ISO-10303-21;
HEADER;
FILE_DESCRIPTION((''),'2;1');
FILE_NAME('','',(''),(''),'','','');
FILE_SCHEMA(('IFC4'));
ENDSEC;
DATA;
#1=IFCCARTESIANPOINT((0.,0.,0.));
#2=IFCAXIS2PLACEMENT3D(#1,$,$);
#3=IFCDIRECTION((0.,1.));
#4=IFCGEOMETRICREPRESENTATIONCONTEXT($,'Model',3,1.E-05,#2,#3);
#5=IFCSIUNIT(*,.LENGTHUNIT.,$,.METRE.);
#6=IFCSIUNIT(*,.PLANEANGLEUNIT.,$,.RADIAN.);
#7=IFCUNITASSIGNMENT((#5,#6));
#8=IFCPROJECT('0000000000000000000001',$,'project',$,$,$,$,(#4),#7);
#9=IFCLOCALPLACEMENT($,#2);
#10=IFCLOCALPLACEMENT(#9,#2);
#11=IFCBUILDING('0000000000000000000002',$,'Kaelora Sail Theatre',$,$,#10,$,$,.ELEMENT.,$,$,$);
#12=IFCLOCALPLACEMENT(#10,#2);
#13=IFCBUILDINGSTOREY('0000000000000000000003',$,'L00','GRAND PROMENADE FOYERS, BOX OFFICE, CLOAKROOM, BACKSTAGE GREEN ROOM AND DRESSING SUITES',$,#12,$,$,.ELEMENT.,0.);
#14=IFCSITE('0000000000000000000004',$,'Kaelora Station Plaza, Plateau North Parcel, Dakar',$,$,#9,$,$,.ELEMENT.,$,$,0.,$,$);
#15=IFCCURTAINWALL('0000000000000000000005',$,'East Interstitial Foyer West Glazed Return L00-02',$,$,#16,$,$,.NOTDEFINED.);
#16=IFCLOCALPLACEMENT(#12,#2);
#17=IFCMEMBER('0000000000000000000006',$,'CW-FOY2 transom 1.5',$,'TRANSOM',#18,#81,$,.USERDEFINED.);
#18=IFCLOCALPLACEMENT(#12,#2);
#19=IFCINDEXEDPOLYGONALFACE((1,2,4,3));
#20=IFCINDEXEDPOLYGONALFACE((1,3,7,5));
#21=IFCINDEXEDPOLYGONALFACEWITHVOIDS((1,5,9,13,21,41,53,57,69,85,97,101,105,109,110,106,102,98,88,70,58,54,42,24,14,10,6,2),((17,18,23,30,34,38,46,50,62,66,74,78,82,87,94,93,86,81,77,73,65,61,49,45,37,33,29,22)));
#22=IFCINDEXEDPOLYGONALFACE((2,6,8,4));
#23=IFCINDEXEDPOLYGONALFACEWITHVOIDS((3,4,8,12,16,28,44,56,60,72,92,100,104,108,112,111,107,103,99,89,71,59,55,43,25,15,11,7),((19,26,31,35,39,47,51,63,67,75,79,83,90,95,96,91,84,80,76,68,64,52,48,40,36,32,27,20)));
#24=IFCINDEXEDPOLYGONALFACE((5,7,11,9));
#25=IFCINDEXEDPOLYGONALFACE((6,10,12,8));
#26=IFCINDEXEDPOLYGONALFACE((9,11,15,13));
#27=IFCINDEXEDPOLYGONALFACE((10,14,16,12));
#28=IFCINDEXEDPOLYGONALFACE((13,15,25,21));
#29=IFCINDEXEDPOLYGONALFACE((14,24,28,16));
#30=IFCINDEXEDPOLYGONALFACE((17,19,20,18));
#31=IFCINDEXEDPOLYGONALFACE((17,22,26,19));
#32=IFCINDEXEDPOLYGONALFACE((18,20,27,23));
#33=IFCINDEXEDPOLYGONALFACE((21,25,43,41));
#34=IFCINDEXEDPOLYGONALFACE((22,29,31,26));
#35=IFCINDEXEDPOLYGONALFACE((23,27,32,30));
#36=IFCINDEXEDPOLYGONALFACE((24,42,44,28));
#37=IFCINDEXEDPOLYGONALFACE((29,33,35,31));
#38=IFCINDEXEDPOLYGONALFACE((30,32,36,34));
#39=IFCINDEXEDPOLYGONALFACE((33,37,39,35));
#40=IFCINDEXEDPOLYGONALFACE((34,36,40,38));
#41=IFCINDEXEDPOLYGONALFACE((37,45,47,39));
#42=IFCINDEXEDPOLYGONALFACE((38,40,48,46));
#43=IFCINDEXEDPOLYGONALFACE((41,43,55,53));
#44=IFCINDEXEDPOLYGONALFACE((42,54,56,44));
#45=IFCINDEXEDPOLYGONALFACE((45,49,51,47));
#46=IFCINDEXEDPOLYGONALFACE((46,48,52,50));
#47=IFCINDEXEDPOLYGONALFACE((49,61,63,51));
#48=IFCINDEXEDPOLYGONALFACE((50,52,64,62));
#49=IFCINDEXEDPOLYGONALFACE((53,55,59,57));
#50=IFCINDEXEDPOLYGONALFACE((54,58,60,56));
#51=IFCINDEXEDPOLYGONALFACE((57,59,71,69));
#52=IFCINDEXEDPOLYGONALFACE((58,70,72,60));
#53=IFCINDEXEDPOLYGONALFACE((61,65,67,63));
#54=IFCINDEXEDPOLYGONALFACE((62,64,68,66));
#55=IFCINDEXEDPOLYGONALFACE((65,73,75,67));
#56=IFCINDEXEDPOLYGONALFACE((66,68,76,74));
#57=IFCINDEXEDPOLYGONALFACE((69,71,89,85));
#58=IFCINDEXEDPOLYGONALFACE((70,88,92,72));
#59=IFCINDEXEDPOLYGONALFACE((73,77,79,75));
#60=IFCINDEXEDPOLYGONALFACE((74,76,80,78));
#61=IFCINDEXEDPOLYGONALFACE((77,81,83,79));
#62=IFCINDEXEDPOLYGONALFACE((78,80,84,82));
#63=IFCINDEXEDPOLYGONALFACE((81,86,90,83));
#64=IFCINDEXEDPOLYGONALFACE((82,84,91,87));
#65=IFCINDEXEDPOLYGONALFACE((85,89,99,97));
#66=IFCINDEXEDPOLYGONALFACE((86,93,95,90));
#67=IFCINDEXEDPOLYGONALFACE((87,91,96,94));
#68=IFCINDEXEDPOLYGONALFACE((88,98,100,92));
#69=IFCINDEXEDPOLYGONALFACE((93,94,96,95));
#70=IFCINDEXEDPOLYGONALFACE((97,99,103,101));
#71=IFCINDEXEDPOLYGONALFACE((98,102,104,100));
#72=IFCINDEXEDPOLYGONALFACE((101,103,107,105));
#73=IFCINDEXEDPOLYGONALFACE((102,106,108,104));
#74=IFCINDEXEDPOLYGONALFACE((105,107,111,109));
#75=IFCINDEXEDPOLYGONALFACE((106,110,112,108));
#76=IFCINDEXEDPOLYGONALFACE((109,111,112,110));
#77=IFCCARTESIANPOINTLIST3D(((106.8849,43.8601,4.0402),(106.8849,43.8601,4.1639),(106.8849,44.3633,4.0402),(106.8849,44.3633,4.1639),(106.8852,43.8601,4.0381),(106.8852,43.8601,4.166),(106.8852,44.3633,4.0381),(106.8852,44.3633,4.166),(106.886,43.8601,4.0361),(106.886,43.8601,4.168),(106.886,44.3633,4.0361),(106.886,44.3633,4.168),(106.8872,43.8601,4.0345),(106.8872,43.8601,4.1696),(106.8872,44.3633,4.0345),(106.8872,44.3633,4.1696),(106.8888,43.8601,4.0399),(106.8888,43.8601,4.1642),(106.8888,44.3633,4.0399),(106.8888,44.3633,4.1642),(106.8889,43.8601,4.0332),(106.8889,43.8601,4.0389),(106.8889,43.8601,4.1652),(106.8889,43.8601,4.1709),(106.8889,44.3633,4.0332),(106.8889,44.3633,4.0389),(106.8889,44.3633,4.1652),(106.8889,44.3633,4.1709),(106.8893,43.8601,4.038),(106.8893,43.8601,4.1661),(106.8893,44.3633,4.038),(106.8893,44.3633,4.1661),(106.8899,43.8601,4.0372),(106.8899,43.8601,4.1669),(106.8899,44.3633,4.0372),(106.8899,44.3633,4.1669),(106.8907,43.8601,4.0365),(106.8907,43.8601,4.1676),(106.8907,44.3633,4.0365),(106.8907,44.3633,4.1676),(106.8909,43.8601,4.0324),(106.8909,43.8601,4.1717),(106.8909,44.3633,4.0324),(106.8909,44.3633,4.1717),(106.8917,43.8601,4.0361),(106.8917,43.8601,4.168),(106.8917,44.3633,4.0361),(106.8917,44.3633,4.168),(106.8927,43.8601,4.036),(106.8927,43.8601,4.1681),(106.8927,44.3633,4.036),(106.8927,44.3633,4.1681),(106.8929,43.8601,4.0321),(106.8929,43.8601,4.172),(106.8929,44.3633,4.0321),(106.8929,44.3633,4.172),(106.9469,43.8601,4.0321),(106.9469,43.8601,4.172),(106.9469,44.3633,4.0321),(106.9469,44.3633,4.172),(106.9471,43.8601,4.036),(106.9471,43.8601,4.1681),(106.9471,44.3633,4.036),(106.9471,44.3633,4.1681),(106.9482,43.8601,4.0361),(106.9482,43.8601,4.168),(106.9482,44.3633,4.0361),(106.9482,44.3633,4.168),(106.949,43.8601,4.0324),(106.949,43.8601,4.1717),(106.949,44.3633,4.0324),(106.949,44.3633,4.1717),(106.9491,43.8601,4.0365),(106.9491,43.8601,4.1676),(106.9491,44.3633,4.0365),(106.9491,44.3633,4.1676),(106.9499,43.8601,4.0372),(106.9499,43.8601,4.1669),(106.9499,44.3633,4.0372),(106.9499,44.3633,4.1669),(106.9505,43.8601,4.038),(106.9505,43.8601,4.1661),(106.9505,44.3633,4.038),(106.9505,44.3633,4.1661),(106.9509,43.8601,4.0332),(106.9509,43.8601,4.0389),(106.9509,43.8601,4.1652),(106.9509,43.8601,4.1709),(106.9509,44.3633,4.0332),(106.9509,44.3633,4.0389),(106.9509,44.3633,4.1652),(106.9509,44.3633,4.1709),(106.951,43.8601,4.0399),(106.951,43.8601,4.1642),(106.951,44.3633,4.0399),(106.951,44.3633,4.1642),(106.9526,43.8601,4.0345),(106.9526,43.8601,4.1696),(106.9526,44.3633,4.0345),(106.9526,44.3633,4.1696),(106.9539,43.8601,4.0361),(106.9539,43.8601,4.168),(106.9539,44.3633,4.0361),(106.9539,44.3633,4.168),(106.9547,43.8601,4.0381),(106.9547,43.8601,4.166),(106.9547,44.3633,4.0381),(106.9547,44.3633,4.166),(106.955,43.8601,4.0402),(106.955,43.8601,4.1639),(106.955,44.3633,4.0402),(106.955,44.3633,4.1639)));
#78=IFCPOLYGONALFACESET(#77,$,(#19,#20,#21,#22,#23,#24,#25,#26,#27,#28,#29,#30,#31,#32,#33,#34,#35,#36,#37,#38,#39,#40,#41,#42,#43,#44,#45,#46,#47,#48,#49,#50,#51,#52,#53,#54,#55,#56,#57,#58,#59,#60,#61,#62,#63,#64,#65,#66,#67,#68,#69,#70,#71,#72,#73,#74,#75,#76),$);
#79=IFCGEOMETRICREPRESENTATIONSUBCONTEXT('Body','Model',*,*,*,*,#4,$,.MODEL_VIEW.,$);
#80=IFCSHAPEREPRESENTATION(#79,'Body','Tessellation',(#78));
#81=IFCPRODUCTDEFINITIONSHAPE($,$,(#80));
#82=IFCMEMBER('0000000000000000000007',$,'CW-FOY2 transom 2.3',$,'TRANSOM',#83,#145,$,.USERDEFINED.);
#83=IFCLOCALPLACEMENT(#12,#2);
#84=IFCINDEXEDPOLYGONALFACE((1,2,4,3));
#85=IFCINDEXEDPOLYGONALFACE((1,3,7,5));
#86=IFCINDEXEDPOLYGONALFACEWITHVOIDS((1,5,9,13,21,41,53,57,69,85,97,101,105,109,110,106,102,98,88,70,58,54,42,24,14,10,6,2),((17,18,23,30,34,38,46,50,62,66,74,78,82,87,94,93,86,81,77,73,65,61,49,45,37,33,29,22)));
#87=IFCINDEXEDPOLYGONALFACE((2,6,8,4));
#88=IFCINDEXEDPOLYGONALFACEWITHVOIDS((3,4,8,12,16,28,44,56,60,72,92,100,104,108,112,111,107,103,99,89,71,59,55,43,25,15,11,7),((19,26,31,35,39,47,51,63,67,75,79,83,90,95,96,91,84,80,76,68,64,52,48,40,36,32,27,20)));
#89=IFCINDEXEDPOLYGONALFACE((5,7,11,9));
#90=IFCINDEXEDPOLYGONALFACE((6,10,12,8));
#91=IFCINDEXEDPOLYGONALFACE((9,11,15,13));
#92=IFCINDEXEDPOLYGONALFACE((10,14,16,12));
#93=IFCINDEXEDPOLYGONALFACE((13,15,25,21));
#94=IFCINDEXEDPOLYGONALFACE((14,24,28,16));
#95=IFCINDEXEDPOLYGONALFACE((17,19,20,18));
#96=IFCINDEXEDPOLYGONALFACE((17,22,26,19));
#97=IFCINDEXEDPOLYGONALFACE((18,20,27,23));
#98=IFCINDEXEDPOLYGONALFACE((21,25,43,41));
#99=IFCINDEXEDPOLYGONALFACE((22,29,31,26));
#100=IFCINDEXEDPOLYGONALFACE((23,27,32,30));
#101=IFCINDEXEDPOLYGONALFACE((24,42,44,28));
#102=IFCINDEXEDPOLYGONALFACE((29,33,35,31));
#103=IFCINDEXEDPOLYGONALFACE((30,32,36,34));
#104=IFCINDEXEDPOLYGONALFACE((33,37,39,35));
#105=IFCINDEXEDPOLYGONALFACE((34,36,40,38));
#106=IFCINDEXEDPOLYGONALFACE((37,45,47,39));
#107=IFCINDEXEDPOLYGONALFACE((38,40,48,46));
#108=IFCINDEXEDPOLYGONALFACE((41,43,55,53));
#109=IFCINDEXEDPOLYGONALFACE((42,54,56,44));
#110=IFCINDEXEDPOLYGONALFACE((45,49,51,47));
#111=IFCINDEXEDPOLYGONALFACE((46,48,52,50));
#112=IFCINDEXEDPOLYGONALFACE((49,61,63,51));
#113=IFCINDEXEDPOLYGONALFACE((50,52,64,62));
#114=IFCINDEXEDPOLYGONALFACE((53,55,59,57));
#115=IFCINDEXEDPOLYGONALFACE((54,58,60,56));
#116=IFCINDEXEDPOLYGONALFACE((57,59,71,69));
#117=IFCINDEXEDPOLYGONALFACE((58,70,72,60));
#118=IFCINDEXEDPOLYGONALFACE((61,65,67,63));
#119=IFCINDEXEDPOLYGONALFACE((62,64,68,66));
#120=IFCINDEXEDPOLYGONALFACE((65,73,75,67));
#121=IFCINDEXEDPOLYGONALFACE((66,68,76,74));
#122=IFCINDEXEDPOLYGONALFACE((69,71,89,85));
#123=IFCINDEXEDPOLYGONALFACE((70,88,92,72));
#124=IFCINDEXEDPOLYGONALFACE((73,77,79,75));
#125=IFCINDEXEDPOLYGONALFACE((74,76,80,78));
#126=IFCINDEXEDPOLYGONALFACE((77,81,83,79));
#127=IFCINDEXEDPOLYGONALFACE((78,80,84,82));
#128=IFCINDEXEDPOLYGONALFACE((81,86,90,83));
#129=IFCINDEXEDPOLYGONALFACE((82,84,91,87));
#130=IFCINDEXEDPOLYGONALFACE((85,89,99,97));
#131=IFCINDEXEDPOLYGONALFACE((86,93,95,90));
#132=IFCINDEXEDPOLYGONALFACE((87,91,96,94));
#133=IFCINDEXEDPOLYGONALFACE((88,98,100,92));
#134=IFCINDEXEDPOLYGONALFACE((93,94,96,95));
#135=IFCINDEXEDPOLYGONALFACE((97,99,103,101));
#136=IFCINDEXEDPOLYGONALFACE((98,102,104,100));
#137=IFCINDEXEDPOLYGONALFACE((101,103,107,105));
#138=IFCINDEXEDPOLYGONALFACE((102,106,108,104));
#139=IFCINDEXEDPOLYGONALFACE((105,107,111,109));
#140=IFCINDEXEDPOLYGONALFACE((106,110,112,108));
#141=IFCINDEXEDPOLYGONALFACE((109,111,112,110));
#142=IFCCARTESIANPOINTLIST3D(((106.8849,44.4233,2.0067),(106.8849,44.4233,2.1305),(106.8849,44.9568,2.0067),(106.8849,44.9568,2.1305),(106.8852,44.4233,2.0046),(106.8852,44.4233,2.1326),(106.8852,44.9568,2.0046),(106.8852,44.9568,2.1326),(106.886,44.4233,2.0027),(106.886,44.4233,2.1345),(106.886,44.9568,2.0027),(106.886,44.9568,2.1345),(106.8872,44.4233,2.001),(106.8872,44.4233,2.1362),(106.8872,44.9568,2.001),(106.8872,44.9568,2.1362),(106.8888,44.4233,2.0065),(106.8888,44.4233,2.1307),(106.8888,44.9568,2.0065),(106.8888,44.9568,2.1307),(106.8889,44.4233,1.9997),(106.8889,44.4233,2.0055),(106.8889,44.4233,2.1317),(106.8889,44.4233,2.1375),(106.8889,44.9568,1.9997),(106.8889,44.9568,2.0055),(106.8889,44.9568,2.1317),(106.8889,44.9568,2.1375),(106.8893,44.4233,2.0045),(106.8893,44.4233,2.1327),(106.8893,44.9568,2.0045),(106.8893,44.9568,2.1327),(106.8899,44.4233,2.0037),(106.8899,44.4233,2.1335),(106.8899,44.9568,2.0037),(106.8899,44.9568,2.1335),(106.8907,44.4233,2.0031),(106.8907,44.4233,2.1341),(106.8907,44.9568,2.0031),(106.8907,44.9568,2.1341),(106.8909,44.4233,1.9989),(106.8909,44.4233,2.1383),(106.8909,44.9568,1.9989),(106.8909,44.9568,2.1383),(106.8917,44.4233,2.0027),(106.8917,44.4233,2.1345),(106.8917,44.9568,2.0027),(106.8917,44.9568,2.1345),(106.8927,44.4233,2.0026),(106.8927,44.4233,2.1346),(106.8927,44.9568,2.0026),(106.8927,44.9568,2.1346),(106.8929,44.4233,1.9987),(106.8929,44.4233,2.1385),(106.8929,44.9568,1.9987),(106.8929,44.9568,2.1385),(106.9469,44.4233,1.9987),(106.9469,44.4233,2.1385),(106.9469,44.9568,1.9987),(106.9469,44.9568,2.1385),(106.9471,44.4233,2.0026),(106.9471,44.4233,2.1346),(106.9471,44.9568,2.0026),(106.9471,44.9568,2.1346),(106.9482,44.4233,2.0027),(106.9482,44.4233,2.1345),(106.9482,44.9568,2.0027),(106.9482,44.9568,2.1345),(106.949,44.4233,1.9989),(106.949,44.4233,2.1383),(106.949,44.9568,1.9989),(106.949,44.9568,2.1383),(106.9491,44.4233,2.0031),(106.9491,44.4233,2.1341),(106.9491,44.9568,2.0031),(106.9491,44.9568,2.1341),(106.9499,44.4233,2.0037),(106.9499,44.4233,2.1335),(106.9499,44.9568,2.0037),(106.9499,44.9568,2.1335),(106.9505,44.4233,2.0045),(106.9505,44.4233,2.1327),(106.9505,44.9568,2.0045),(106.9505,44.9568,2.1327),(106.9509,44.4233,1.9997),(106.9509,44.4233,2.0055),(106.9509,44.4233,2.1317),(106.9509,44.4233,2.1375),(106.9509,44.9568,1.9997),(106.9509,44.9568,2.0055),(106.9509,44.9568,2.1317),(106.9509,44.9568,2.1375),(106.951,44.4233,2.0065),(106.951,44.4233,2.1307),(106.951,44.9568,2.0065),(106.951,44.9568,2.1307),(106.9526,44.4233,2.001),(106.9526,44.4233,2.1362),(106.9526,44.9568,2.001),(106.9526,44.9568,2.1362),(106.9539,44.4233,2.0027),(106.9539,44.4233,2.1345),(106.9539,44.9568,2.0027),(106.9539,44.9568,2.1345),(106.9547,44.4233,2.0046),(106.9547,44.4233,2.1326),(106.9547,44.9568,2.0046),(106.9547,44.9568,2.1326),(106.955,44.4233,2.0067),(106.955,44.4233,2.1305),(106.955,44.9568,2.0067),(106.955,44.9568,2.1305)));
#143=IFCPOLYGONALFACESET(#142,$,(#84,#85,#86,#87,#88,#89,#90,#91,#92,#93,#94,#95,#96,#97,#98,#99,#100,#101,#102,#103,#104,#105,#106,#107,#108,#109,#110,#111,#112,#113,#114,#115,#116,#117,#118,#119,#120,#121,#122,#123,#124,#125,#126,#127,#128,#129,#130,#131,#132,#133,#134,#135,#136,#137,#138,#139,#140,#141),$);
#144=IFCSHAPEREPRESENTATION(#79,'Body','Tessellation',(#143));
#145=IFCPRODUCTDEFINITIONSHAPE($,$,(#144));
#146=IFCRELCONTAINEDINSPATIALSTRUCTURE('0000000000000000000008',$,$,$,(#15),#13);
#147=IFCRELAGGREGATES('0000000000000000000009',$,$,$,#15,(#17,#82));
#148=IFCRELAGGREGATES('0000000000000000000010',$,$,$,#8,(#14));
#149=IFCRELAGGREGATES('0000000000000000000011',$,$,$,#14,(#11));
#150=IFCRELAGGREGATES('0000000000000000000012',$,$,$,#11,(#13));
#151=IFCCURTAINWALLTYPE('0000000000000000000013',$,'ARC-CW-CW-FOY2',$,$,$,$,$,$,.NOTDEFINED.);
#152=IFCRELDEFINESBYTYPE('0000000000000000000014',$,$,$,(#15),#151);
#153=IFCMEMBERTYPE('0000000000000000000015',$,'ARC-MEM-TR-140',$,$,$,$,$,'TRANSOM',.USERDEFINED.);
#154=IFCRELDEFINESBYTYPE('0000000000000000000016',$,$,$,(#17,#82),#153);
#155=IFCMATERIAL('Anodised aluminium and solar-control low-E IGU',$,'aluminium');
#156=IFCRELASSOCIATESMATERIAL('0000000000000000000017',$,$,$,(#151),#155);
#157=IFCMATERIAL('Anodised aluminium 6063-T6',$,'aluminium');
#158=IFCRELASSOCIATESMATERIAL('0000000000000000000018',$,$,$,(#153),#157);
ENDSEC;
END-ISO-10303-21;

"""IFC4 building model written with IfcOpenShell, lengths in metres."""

from ifc_helpers import new_model, si_unit, direction, frame, origin, origin_2d, place, context, subcontext, project, spatial, hollow_rectangle, extrude, material, material_profile, profile_set, type_object, element, aggregate, save


model = new_model("IFC4")

# Units and contexts
model_context = context("Model", 3, precision=1e-05, world=origin(), true_north=direction((0.0, 1.0)))
body_context = subcontext(model_context, "Body", "Model", "MODEL_VIEW")
ifc_project = project(units=[si_unit("LENGTHUNIT", "METRE"), si_unit("PLANEANGLEUNIT", "RADIAN")], contexts=[model_context])

# Site, building, storey
site_placement = place(None, origin())
site = spatial("IfcSite", under=ifc_project, at=site_placement, Name="Kaelora Station Plaza, Plateau North Parcel, Dakar", CompositionType="ELEMENT", RefElevation=0.0)
building_placement = place(site_placement, origin())
building = spatial("IfcBuilding", under=site, at=building_placement, Name="Kaelora Sail Theatre", CompositionType="ELEMENT")
storey_placement = place(building_placement, origin())
storey = spatial("IfcBuildingStorey", under=building, at=storey_placement, Name="L00", Description="GRAND PROMENADE FOYERS, BOX OFFICE, CLOAKROOM, BACKSTAGE GREEN ROOM AND DRESSING SUITES", CompositionType="ELEMENT", Elevation=0.0)

# Curtain wall, members
ifc_material_1 = material(Name="Anodised aluminium and solar-control low-E IGU", Category="aluminium")
curtain_wall_type = type_object("IfcCurtainWallType", Name="ARC-CW-CW-FOY2", PredefinedType="NOTDEFINED", material=ifc_material_1)
curtain_wall_1_placement = place(storey_placement, origin())
curtain_wall_1 = element("IfcCurtainWall", 1, at=curtain_wall_1_placement, inside=storey, type_object=curtain_wall_type, Name="East Interstitial Foyer West Glazed Return L00-02", PredefinedType="NOTDEFINED")
ifc_material_2 = material(Name="Anodised aluminium 6063-T6", Category="aluminium")
ifc_material_profile = material_profile(ifc_material_2, hollow_rectangle(XDim=0.0701, YDim=0.1399, WallThickness=0.0039, InnerFilletRadius=0.0039, OuterFilletRadius=0.0081, at=origin_2d()), Name="ALU-TRAN 70x140x4")
ifc_profile_set = profile_set([ifc_material_profile], Name="Anodised aluminium 6063-T6")
member_type = type_object("IfcMemberType", Name="ARC-MEM-TR-140", ElementType="TRANSOM", PredefinedType="USERDEFINED", material=ifc_profile_set)
member_1_placement = place(storey_placement, frame((106.9199, 43.8601, 4.1021), z_axis=(0.0, 1.0, 0.0), x_axis=(-1.0, 0.0, 0.0)))
member_1 = element("IfcMember", 2, at=member_1_placement, type_object=member_type, Name="CW-FOY2 transom 1.5", ObjectType="TRANSOM", PredefinedType="USERDEFINED", context=body_context, shape_type="SweptSolid", body=[
    extrude(hollow_rectangle(XDim=0.0701, YDim=0.1399, WallThickness=0.0039, InnerFilletRadius=0.0039, OuterFilletRadius=0.0081, at=origin_2d()), origin(), (0.0, 0.0, 1.0), 0.5032),
])
member_2_placement = place(storey_placement, frame((106.9199, 44.4233, 2.0686), z_axis=(0.0, 1.0, 0.0), x_axis=(-1.0, 0.0, 0.0)))
member_2 = element("IfcMember", 3, at=member_2_placement, type_object=member_type, Name="CW-FOY2 transom 2.3", ObjectType="TRANSOM", PredefinedType="USERDEFINED", context=body_context, shape_type="SweptSolid", body=[
    extrude(hollow_rectangle(XDim=0.0701, YDim=0.1399, WallThickness=0.0039, InnerFilletRadius=0.0039, OuterFilletRadius=0.0081, at=origin_2d()), origin(), (0.0, 0.0, 1.0), 0.5334),
])

aggregate(curtain_wall_1, [member_1, member_2])

save(model, "model.ifc")
